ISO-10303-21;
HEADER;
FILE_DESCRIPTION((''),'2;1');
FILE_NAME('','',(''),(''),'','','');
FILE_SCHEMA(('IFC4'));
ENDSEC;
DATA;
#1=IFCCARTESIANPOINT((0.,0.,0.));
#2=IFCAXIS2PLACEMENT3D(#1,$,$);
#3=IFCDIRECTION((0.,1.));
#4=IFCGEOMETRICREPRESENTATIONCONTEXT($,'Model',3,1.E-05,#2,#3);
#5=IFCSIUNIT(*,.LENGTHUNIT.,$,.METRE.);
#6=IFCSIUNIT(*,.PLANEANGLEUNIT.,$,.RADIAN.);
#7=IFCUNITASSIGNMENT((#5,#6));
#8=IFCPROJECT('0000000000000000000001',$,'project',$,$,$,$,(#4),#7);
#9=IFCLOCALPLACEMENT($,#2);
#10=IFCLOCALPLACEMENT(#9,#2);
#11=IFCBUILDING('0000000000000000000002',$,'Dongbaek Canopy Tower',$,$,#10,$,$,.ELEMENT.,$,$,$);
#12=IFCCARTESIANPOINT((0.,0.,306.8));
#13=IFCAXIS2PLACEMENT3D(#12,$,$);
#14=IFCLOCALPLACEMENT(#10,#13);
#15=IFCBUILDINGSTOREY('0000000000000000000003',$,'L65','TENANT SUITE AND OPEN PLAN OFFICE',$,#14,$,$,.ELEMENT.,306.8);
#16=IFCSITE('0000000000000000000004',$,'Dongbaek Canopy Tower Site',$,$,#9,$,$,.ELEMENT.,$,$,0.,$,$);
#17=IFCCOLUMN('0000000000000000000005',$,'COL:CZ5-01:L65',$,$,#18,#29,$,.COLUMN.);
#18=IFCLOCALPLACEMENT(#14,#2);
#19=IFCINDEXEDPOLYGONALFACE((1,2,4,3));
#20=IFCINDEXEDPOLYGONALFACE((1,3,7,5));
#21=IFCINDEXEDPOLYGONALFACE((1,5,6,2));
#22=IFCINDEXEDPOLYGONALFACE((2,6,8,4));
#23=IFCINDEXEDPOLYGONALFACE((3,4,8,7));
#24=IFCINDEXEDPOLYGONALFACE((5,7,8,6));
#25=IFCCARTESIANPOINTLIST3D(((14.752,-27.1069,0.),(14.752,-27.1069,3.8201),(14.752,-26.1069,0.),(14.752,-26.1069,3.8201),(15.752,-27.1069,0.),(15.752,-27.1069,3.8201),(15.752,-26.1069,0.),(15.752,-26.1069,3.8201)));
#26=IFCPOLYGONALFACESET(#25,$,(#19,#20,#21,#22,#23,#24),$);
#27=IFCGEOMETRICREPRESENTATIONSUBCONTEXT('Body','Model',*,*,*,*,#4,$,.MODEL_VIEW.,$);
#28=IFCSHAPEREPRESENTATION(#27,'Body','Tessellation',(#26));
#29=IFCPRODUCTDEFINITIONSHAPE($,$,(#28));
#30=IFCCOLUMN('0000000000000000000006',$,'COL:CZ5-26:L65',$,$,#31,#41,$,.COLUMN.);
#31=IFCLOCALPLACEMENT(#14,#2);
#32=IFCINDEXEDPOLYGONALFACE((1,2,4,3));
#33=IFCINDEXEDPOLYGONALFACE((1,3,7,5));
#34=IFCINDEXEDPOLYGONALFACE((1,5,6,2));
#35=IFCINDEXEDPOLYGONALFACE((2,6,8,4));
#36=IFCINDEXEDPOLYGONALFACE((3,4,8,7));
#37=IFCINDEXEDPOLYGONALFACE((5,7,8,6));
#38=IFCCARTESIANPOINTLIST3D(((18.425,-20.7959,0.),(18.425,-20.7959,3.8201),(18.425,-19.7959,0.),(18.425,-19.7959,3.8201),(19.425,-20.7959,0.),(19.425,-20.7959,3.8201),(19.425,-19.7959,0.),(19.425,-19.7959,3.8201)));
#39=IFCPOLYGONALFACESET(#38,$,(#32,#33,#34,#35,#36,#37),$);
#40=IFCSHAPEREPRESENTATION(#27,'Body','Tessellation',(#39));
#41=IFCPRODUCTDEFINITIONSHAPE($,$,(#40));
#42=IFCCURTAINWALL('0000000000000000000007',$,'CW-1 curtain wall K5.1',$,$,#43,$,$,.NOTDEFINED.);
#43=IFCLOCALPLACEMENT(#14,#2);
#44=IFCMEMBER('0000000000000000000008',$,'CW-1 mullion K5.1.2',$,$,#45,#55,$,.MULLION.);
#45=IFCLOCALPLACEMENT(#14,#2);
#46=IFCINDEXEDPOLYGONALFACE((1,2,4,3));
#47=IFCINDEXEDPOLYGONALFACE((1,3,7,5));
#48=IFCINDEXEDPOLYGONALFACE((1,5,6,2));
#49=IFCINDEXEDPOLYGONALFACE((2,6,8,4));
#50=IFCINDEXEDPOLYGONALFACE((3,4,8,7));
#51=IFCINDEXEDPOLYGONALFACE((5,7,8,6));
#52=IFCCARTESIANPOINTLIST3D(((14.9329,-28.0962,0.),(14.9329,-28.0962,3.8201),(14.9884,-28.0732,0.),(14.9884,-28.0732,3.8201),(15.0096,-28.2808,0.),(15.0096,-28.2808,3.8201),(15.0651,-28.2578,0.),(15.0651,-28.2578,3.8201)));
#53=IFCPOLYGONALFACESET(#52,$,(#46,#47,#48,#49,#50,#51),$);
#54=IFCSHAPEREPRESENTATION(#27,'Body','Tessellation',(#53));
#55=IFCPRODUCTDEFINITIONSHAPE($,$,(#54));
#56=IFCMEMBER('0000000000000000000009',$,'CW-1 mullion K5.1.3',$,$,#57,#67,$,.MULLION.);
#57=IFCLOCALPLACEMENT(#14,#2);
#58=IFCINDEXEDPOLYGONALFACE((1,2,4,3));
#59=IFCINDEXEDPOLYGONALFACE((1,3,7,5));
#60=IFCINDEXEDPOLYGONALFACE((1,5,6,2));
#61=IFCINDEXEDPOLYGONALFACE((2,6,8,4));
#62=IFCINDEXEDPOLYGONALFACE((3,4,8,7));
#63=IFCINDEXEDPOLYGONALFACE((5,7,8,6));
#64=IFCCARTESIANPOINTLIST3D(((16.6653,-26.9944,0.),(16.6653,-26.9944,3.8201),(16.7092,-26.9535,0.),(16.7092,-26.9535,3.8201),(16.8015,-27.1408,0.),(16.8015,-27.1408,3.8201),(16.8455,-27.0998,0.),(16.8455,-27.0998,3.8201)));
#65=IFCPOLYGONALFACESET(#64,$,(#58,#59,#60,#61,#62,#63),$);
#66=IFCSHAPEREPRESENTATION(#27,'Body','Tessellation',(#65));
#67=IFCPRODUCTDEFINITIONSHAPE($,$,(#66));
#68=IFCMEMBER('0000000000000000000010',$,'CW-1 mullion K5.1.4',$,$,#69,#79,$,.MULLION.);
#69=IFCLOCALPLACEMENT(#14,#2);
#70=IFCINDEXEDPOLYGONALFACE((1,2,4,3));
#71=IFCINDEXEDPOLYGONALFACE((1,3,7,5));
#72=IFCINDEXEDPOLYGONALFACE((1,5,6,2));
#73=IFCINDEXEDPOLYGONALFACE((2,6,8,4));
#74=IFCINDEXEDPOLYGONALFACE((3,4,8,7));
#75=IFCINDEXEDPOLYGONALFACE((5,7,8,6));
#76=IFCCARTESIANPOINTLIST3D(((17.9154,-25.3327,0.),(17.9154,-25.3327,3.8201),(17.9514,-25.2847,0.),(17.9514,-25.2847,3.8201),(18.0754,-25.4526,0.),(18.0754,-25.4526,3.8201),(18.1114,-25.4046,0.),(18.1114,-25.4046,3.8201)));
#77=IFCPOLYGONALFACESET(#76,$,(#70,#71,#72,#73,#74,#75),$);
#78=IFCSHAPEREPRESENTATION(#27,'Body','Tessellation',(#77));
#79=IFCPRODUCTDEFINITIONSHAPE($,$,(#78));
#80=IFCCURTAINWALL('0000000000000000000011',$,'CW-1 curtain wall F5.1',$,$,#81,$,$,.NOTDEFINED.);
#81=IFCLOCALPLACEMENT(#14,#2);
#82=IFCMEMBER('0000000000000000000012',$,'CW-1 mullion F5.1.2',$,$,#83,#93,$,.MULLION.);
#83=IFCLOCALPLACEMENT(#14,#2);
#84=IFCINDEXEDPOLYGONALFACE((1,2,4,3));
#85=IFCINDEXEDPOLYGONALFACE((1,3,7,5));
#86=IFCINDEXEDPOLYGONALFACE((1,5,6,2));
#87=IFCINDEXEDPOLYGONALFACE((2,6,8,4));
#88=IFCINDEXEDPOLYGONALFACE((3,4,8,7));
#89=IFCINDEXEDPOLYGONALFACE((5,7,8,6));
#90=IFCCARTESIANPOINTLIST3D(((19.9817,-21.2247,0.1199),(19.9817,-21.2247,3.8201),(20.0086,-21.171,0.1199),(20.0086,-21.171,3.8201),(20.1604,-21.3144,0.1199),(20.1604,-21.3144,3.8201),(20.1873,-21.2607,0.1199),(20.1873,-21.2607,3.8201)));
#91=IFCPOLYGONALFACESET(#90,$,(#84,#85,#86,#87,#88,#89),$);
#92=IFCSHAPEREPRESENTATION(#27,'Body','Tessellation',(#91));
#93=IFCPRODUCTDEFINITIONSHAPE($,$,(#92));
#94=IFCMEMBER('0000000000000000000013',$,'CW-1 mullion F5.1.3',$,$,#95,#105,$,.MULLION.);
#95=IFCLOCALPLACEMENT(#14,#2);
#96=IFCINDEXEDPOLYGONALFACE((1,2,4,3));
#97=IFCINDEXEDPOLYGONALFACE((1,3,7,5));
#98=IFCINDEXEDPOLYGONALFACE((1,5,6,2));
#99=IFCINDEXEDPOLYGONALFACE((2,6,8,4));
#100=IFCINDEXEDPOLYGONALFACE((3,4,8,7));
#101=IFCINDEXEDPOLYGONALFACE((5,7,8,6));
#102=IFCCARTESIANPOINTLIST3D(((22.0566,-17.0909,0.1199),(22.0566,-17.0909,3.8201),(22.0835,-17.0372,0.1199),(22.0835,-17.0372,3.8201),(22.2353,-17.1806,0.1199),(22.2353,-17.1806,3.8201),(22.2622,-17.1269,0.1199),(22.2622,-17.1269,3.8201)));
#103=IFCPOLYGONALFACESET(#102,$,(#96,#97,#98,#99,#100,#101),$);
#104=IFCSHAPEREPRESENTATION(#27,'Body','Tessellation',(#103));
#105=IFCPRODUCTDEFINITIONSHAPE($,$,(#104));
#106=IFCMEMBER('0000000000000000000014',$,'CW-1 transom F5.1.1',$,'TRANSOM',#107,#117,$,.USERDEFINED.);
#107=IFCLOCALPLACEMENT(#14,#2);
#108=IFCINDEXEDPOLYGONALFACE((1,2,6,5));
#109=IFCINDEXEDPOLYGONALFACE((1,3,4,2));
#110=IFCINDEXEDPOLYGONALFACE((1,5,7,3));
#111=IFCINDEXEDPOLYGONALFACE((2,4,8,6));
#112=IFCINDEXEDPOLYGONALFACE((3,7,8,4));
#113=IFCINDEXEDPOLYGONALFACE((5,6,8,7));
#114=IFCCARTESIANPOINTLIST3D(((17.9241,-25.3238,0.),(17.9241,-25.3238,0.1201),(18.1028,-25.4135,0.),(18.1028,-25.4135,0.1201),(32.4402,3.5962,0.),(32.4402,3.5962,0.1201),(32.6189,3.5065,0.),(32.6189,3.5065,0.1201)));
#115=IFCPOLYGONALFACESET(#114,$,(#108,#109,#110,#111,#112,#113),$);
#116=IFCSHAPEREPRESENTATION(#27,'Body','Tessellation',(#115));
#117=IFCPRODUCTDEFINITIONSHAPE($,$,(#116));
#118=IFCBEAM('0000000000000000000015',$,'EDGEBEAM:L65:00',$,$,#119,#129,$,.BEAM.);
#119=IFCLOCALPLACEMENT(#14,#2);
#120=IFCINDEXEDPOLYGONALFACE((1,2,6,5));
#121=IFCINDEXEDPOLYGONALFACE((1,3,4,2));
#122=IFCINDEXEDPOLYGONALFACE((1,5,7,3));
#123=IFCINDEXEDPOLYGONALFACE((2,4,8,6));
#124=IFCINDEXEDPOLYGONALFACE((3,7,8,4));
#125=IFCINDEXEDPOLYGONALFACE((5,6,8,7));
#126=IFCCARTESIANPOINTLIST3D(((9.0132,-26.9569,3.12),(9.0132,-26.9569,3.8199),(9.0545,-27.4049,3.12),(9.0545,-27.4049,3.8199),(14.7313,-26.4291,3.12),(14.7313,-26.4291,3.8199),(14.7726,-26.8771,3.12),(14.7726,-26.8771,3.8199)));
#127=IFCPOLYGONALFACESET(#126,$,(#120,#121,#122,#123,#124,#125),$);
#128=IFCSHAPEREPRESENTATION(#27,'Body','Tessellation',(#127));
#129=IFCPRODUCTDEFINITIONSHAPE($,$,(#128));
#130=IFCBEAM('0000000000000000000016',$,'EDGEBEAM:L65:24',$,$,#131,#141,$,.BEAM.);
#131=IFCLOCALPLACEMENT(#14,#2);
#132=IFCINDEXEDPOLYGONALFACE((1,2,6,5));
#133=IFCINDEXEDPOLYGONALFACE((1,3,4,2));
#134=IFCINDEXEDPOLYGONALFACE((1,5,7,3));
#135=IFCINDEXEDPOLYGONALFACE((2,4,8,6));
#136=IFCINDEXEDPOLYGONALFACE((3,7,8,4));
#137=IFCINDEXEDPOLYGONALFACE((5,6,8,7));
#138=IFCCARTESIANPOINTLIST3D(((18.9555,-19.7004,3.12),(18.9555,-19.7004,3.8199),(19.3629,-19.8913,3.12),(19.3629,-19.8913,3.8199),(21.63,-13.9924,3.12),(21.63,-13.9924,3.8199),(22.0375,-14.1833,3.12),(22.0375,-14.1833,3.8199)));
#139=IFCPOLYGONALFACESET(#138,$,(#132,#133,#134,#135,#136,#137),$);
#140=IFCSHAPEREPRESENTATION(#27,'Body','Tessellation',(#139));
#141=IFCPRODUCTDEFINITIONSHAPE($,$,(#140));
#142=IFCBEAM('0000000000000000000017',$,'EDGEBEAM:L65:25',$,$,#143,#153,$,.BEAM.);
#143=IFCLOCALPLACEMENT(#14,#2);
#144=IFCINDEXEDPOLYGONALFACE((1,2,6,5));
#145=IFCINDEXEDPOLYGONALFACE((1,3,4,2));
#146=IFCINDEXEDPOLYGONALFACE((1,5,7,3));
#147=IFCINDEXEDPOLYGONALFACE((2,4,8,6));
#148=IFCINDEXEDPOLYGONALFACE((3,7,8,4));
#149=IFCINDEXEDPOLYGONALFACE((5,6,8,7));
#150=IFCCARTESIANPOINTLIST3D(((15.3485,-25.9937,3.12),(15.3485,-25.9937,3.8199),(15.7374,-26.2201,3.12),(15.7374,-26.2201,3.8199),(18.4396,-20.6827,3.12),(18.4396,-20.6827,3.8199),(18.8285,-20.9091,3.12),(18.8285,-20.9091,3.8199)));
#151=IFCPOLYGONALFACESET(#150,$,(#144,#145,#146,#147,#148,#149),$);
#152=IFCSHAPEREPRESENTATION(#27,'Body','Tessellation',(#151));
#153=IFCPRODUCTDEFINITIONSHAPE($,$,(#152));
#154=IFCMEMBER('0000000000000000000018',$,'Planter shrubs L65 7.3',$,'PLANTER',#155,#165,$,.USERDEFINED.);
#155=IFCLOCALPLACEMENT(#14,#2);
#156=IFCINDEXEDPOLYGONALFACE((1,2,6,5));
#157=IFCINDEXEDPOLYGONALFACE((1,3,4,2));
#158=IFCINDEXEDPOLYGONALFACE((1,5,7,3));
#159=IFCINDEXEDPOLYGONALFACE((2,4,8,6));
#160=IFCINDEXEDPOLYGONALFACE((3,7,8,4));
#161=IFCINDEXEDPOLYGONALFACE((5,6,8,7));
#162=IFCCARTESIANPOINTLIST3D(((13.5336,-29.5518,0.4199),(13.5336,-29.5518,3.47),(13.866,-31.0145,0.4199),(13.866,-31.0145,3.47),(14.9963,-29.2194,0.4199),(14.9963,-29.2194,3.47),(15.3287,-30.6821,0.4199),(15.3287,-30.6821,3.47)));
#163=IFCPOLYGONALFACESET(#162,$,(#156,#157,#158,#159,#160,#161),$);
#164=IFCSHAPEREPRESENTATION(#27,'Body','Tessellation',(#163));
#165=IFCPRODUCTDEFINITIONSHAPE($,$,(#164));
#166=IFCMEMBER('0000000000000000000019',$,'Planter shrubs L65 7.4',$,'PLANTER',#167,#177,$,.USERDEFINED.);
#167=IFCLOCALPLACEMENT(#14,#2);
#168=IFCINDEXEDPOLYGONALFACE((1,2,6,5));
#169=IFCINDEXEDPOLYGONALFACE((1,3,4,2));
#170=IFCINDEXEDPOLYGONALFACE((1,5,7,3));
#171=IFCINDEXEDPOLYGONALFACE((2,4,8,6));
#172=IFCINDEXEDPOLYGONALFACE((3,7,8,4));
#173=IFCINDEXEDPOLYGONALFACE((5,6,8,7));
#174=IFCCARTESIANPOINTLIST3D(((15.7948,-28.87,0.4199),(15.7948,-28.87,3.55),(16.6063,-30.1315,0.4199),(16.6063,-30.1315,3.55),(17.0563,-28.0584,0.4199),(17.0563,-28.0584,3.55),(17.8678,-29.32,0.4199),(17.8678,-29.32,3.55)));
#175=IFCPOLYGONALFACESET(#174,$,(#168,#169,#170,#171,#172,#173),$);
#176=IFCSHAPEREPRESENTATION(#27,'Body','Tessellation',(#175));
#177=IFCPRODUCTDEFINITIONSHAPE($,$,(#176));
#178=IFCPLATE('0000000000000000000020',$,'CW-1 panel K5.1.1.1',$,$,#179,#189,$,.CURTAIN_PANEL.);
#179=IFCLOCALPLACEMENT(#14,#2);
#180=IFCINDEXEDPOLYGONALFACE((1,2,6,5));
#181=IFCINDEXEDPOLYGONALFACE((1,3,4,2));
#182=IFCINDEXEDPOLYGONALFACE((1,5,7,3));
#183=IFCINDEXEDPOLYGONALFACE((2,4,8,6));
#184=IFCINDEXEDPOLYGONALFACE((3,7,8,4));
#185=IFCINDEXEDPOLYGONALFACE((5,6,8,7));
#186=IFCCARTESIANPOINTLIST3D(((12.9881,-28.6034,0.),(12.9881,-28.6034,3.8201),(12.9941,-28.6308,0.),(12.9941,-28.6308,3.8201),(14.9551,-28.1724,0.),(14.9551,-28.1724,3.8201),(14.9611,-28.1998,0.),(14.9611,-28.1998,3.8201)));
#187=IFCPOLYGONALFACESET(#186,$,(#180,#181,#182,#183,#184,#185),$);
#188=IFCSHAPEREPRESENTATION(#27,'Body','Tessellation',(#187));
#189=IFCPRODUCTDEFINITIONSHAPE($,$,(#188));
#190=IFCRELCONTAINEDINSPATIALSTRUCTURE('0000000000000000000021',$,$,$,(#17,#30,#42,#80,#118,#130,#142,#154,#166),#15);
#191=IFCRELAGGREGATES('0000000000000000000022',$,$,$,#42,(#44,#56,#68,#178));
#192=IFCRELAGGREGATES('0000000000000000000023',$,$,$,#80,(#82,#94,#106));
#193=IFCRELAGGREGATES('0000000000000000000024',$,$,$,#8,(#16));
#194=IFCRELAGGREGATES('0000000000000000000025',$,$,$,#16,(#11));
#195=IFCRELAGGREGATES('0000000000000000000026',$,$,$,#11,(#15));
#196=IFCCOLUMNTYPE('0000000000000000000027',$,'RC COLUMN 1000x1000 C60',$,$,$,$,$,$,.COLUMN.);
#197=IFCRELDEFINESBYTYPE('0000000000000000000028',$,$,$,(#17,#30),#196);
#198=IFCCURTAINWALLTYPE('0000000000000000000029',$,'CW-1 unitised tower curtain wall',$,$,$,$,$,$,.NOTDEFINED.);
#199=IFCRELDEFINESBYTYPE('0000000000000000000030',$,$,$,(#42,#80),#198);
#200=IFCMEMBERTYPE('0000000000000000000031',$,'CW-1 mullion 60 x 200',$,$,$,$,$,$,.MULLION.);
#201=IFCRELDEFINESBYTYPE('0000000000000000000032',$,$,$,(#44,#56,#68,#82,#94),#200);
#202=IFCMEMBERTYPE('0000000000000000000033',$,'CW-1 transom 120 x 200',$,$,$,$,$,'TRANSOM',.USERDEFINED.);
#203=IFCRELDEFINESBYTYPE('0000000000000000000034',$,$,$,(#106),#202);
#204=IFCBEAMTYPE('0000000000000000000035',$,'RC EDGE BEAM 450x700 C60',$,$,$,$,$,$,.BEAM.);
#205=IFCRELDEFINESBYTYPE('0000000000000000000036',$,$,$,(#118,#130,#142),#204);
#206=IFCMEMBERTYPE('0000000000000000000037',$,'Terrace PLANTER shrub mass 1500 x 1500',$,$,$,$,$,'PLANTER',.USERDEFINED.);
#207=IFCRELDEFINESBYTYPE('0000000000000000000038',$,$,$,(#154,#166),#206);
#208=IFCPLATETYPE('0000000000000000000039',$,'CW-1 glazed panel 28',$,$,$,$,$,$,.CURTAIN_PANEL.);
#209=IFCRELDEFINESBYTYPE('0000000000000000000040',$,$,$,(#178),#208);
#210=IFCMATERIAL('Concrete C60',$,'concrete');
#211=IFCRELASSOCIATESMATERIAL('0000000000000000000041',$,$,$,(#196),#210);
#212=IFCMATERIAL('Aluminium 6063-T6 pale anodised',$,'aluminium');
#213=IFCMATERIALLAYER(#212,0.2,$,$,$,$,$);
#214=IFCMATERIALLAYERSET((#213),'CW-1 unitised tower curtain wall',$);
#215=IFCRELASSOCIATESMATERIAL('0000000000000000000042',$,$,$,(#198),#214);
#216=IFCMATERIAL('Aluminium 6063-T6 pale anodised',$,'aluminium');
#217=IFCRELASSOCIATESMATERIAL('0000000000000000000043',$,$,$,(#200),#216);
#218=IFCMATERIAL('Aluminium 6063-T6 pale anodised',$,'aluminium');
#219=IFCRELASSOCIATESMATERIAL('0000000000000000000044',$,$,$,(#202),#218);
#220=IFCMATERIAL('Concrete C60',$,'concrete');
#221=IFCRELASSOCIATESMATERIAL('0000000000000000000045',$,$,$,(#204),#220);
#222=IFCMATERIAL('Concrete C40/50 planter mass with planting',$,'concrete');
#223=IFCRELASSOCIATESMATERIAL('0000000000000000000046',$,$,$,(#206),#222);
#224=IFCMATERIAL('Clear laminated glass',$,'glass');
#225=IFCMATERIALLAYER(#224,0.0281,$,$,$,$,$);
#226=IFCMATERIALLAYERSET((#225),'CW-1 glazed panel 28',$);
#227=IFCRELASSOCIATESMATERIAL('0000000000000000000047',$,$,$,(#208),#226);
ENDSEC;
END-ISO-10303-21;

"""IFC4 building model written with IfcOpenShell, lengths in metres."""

from ifc_helpers import new_model, si_unit, direction, frame, origin, origin_2d, place, context, subcontext, project, spatial, rectangle, extrude, material, layer, layer_set, material_profile, profile_set, type_object, element, aggregate, save


model = new_model("IFC4")

# Units and contexts
model_context = context("Model", 3, precision=1e-05, world=origin(), true_north=direction((0.0, 1.0)))
body_context = subcontext(model_context, "Body", "Model", "MODEL_VIEW")
ifc_project = project(units=[si_unit("LENGTHUNIT", "METRE"), si_unit("PLANEANGLEUNIT", "RADIAN")], contexts=[model_context])

# Site, building, storey
site_placement = place(None, origin())
site = spatial("IfcSite", under=ifc_project, at=site_placement, Name="Dongbaek Canopy Tower Site", CompositionType="ELEMENT", RefElevation=0.0)
building_placement = place(site_placement, origin())
building = spatial("IfcBuilding", under=site, at=building_placement, Name="Dongbaek Canopy Tower", CompositionType="ELEMENT")
storey_placement = place(building_placement, frame((0.0, 0.0, 306.8)))
storey = spatial("IfcBuildingStorey", under=building, at=storey_placement, Name="L65", Description="TENANT SUITE AND OPEN PLAN OFFICE", CompositionType="ELEMENT", Elevation=306.8)

# Columns
ifc_material_1 = material(Name="Concrete C60", Category="concrete")
ifc_material_profile_1 = material_profile(ifc_material_1, rectangle(XDim=1.0, YDim=1.0, at=origin_2d()), Name="RC COLUMN 1000x1000 C60")
ifc_profile_set_1 = profile_set([ifc_material_profile_1], Name="Concrete C60")
column_type = type_object("IfcColumnType", Name="RC COLUMN 1000x1000 C60", PredefinedType="COLUMN", material=ifc_profile_set_1)
for number, where, z_axis, x_axis, name in (
    (1, (15.252, -26.6069, 0.0), (0.0, 0.0, 1.0), (1.0, 0.0, 0.0), "COL:CZ5-01:L65"),
    (2, (18.925, -20.2959, 0.0), (0.0, 0.0, 1.0), (1.0, 0.0, 0.0), "COL:CZ5-26:L65"),
):
    element("IfcColumn", number, at=place(storey_placement, frame(where, z_axis=z_axis, x_axis=x_axis)), inside=storey, type_object=column_type, Name=name, PredefinedType="COLUMN", context=body_context, shape_type="SweptSolid", body=[
        extrude(rectangle(XDim=1.0, YDim=1.0, at=origin_2d()), origin(), (0.0, 0.0, 1.0), 3.8201),
    ])

# Curtain walls, members
ifc_material_2 = material(Name="Aluminium 6063-T6 pale anodised", Category="aluminium")
ifc_layer_1 = layer(ifc_material_2, 0.2)
ifc_layer_set_1 = layer_set([ifc_layer_1], Name="CW-1 unitised tower curtain wall")
curtain_wall_type = type_object("IfcCurtainWallType", Name="CW-1 unitised tower curtain wall", PredefinedType="NOTDEFINED", material=ifc_layer_set_1)
curtain_wall_1_placement = place(storey_placement, origin())
curtain_wall_1 = element("IfcCurtainWall", 3, at=curtain_wall_1_placement, inside=storey, type_object=curtain_wall_type, Name="CW-1 curtain wall K5.1", PredefinedType="NOTDEFINED")
ifc_material_3 = material(Name="Aluminium 6063-T6 pale anodised", Category="aluminium")
ifc_material_profile_2 = material_profile(ifc_material_3, rectangle(XDim=0.2, YDim=0.0601, at=origin_2d()), Name="CW-1 mullion 60 x 200")
ifc_profile_set_2 = profile_set([ifc_material_profile_2], Name="Aluminium 6063-T6 pale anodised")
member_type_1 = type_object("IfcMemberType", Name="CW-1 mullion 60 x 200", PredefinedType="MULLION", material=ifc_profile_set_2)
member_1_placement = place(storey_placement, frame((14.999, -28.177, 0.0), z_axis=(0.0, 0.0, 1.0), x_axis=(0.38359, -0.923503, 0.0)))
member_1 = element("IfcMember", 4, at=member_1_placement, type_object=member_type_1, Name="CW-1 mullion K5.1.2", PredefinedType="MULLION", context=body_context, shape_type="SweptSolid", body=[
    extrude(rectangle(XDim=0.2, YDim=0.0601, at=origin_2d()), origin(), (0.0, 0.0, 1.0), 3.8201),
])
member_2_placement = place(storey_placement, frame((16.7554, -27.0471, 0.0), z_axis=(0.0, 0.0, 1.0), x_axis=(0.681375, -0.731934, 0.0)))
member_2 = element("IfcMember", 5, at=member_2_placement, type_object=member_type_1, Name="CW-1 mullion K5.1.3", PredefinedType="MULLION", context=body_context, shape_type="SweptSolid", body=[
    extrude(rectangle(XDim=0.2, YDim=0.0601, at=origin_2d()), origin(), (0.0, 0.0, 1.0), 3.8201),
])
member_3_placement = place(storey_placement, frame((18.0134, -25.3687, 0.0), z_axis=(0.0, 0.0, 1.0), x_axis=(0.800195, -0.59974, 0.0)))
member_3 = element("IfcMember", 6, at=member_3_placement, type_object=member_type_1, Name="CW-1 mullion K5.1.4", PredefinedType="MULLION", context=body_context, shape_type="SweptSolid", body=[
    extrude(rectangle(XDim=0.2, YDim=0.0601, at=origin_2d()), origin(), (0.0, 0.0, 1.0), 3.8201),
])
curtain_wall_2_placement = place(storey_placement, origin())
curtain_wall_2 = element("IfcCurtainWall", 7, at=curtain_wall_2_placement, inside=storey, type_object=curtain_wall_type, Name="CW-1 curtain wall F5.1", PredefinedType="NOTDEFINED")
member_4_placement = place(storey_placement, frame((20.0845, -21.2427, 0.1199), z_axis=(0.0, 0.0, 1.0), x_axis=(0.893733, -0.448598, 0.0)))
member_4 = element("IfcMember", 8, at=member_4_placement, type_object=member_type_1, Name="CW-1 mullion F5.1.2", PredefinedType="MULLION", context=body_context, shape_type="SweptSolid", body=[
    extrude(rectangle(XDim=0.2, YDim=0.0601, at=origin_2d()), origin(), (0.0, 0.0, 1.0), 3.7002),
])
member_5_placement = place(storey_placement, frame((22.1594, -17.1089, 0.1199), z_axis=(0.0, 0.0, 1.0), x_axis=(0.893733, -0.448598, 0.0)))
member_5 = element("IfcMember", 9, at=member_5_placement, type_object=member_type_1, Name="CW-1 mullion F5.1.3", PredefinedType="MULLION", context=body_context, shape_type="SweptSolid", body=[
    extrude(rectangle(XDim=0.2, YDim=0.0601, at=origin_2d()), origin(), (0.0, 0.0, 1.0), 3.7002),
])
ifc_material_4 = material(Name="Aluminium 6063-T6 pale anodised", Category="aluminium")
ifc_material_profile_3 = material_profile(ifc_material_4, rectangle(XDim=0.2, YDim=0.1201, at=origin_2d()), Name="CW-1 transom 120 x 200")
ifc_profile_set_3 = profile_set([ifc_material_profile_3], Name="Aluminium 6063-T6 pale anodised")
member_type_2 = type_object("IfcMemberType", Name="CW-1 transom 120 x 200", ElementType="TRANSOM", PredefinedType="USERDEFINED", material=ifc_profile_set_3)
member_6_placement = place(storey_placement, frame((18.0134, -25.3687, 0.0601), z_axis=(0.448601, 0.893732, 0.0), x_axis=(-0.893732, 0.448601, 0.0)))
member_6 = element("IfcMember", 10, at=member_6_placement, type_object=member_type_2, Name="CW-1 transom F5.1.1", ObjectType="TRANSOM", PredefinedType="USERDEFINED", context=body_context, shape_type="SweptSolid", body=[
    extrude(rectangle(XDim=0.2, YDim=0.1201, at=origin_2d()), origin(), (0.0, 0.0, 1.0), 32.3586),
])

# Beams
ifc_material_5 = material(Name="Concrete C60", Category="concrete")
ifc_material_profile_4 = material_profile(ifc_material_5, rectangle(XDim=0.45, YDim=0.7, at=origin_2d()), Name="RC EDGE BEAM 450x700 C60")
ifc_profile_set_4 = profile_set([ifc_material_profile_4], Name="Concrete C60")
beam_type = type_object("IfcBeamType", Name="RC EDGE BEAM 450x700 C60", PredefinedType="BEAM", material=ifc_profile_set_4)
beam_1_placement = place(storey_placement, frame((14.752, -26.6531, 3.47), z_axis=(-0.995766, -0.09192, 0.0), x_axis=(0.09192, -0.995766, 0.0)))
element("IfcBeam", 11, at=beam_1_placement, inside=storey, type_object=beam_type, Name="EDGEBEAM:L65:00", PredefinedType="BEAM", context=body_context, shape_type="SweptSolid", body=[
    extrude(rectangle(XDim=0.45, YDim=0.7, at=origin_2d()), origin(), (0.0, 0.0, 1.0), 5.7424),
])
beam_2_placement = place(storey_placement, frame((21.8337, -14.0879, 3.47), z_axis=(-0.424295, -0.905524, 0.0), x_axis=(0.905524, -0.424295, 0.0)))
element("IfcBeam", 12, at=beam_2_placement, inside=storey, type_object=beam_type, Name="EDGEBEAM:L65:24", PredefinedType="BEAM", context=body_context, shape_type="SweptSolid", body=[
    extrude(rectangle(XDim=0.45, YDim=0.7, at=origin_2d()), origin(), (0.0, 0.0, 1.0), 6.3035),
])
beam_3_placement = place(storey_placement, frame((18.634, -20.7959, 3.47), z_axis=(-0.503016, -0.864277, 0.0), x_axis=(0.864277, -0.503016, 0.0)))
element("IfcBeam", 13, at=beam_3_placement, inside=storey, type_object=beam_type, Name="EDGEBEAM:L65:25", PredefinedType="BEAM", context=body_context, shape_type="SweptSolid", body=[
    extrude(rectangle(XDim=0.45, YDim=0.7, at=origin_2d()), origin(), (0.0, 0.0, 1.0), 6.145),
])

# Members
ifc_material_6 = material(Name="Concrete C40/50 planter mass with planting", Category="concrete")
ifc_material_profile_5 = material_profile(ifc_material_6, rectangle(XDim=1.5, YDim=1.5, at=origin_2d()), Name="Terrace PLANTER shrub mass 1500 x 1500")
ifc_profile_set_5 = profile_set([ifc_material_profile_5], Name="Concrete C40/50 planter mass with planting")
member_type_3 = type_object("IfcMemberType", Name="Terrace PLANTER shrub mass 1500 x 1500", ElementType="PLANTER", PredefinedType="USERDEFINED", material=ifc_profile_set_5)
member_7_placement = place(storey_placement, frame((14.4312, -30.1169, 0.4199), z_axis=(0.0, 0.0, 1.0), x_axis=(0.221619, -0.975133, 0.0)))
element("IfcMember", 14, at=member_7_placement, inside=storey, type_object=member_type_3, Name="Planter shrubs L65 7.3", ObjectType="PLANTER", PredefinedType="USERDEFINED", context=body_context, shape_type="SweptSolid", body=[
    extrude(rectangle(XDim=1.5, YDim=1.5, at=origin_2d()), origin(), (0.0, 0.0, 1.0), 3.05),
])
member_8_placement = place(storey_placement, frame((16.8313, -29.095, 0.4199), z_axis=(0.0, 0.0, 1.0), x_axis=(0.541029, -0.841004, 0.0)))
element("IfcMember", 15, at=member_8_placement, inside=storey, type_object=member_type_3, Name="Planter shrubs L65 7.4", ObjectType="PLANTER", PredefinedType="USERDEFINED", context=body_context, shape_type="SweptSolid", body=[
    extrude(rectangle(XDim=1.5, YDim=1.5, at=origin_2d()), origin(), (0.0, 0.0, 1.0), 3.1301),
])

# Plate
ifc_material_7 = material(Name="Clear laminated glass", Category="glass")
ifc_layer_2 = layer(ifc_material_7, 0.0281)
ifc_layer_set_2 = layer_set([ifc_layer_2], Name="CW-1 glazed panel 28")
plate_type = type_object("IfcPlateType", Name="CW-1 glazed panel 28", PredefinedType="CURTAIN_PANEL", material=ifc_layer_set_2)
plate_1_placement = place(storey_placement, frame((13.9746, -28.4016, 0.0), z_axis=(0.0, 0.0, 1.0), x_axis=(0.976827, 0.214032, 0.0)))
plate_1 = element("IfcPlate", 16, at=plate_1_placement, type_object=plate_type, Name="CW-1 panel K5.1.1.1", PredefinedType="CURTAIN_PANEL", context=body_context, shape_type="SweptSolid", body=[
    extrude(rectangle(XDim=2.0137, YDim=0.0281, at=origin_2d()), origin(), (0.0, 0.0, 1.0), 3.8201),
])
aggregate(curtain_wall_1, [member_1, member_2, member_3, plate_1])

aggregate(curtain_wall_2, [member_4, member_5, member_6])

save(model, "model.ifc")
